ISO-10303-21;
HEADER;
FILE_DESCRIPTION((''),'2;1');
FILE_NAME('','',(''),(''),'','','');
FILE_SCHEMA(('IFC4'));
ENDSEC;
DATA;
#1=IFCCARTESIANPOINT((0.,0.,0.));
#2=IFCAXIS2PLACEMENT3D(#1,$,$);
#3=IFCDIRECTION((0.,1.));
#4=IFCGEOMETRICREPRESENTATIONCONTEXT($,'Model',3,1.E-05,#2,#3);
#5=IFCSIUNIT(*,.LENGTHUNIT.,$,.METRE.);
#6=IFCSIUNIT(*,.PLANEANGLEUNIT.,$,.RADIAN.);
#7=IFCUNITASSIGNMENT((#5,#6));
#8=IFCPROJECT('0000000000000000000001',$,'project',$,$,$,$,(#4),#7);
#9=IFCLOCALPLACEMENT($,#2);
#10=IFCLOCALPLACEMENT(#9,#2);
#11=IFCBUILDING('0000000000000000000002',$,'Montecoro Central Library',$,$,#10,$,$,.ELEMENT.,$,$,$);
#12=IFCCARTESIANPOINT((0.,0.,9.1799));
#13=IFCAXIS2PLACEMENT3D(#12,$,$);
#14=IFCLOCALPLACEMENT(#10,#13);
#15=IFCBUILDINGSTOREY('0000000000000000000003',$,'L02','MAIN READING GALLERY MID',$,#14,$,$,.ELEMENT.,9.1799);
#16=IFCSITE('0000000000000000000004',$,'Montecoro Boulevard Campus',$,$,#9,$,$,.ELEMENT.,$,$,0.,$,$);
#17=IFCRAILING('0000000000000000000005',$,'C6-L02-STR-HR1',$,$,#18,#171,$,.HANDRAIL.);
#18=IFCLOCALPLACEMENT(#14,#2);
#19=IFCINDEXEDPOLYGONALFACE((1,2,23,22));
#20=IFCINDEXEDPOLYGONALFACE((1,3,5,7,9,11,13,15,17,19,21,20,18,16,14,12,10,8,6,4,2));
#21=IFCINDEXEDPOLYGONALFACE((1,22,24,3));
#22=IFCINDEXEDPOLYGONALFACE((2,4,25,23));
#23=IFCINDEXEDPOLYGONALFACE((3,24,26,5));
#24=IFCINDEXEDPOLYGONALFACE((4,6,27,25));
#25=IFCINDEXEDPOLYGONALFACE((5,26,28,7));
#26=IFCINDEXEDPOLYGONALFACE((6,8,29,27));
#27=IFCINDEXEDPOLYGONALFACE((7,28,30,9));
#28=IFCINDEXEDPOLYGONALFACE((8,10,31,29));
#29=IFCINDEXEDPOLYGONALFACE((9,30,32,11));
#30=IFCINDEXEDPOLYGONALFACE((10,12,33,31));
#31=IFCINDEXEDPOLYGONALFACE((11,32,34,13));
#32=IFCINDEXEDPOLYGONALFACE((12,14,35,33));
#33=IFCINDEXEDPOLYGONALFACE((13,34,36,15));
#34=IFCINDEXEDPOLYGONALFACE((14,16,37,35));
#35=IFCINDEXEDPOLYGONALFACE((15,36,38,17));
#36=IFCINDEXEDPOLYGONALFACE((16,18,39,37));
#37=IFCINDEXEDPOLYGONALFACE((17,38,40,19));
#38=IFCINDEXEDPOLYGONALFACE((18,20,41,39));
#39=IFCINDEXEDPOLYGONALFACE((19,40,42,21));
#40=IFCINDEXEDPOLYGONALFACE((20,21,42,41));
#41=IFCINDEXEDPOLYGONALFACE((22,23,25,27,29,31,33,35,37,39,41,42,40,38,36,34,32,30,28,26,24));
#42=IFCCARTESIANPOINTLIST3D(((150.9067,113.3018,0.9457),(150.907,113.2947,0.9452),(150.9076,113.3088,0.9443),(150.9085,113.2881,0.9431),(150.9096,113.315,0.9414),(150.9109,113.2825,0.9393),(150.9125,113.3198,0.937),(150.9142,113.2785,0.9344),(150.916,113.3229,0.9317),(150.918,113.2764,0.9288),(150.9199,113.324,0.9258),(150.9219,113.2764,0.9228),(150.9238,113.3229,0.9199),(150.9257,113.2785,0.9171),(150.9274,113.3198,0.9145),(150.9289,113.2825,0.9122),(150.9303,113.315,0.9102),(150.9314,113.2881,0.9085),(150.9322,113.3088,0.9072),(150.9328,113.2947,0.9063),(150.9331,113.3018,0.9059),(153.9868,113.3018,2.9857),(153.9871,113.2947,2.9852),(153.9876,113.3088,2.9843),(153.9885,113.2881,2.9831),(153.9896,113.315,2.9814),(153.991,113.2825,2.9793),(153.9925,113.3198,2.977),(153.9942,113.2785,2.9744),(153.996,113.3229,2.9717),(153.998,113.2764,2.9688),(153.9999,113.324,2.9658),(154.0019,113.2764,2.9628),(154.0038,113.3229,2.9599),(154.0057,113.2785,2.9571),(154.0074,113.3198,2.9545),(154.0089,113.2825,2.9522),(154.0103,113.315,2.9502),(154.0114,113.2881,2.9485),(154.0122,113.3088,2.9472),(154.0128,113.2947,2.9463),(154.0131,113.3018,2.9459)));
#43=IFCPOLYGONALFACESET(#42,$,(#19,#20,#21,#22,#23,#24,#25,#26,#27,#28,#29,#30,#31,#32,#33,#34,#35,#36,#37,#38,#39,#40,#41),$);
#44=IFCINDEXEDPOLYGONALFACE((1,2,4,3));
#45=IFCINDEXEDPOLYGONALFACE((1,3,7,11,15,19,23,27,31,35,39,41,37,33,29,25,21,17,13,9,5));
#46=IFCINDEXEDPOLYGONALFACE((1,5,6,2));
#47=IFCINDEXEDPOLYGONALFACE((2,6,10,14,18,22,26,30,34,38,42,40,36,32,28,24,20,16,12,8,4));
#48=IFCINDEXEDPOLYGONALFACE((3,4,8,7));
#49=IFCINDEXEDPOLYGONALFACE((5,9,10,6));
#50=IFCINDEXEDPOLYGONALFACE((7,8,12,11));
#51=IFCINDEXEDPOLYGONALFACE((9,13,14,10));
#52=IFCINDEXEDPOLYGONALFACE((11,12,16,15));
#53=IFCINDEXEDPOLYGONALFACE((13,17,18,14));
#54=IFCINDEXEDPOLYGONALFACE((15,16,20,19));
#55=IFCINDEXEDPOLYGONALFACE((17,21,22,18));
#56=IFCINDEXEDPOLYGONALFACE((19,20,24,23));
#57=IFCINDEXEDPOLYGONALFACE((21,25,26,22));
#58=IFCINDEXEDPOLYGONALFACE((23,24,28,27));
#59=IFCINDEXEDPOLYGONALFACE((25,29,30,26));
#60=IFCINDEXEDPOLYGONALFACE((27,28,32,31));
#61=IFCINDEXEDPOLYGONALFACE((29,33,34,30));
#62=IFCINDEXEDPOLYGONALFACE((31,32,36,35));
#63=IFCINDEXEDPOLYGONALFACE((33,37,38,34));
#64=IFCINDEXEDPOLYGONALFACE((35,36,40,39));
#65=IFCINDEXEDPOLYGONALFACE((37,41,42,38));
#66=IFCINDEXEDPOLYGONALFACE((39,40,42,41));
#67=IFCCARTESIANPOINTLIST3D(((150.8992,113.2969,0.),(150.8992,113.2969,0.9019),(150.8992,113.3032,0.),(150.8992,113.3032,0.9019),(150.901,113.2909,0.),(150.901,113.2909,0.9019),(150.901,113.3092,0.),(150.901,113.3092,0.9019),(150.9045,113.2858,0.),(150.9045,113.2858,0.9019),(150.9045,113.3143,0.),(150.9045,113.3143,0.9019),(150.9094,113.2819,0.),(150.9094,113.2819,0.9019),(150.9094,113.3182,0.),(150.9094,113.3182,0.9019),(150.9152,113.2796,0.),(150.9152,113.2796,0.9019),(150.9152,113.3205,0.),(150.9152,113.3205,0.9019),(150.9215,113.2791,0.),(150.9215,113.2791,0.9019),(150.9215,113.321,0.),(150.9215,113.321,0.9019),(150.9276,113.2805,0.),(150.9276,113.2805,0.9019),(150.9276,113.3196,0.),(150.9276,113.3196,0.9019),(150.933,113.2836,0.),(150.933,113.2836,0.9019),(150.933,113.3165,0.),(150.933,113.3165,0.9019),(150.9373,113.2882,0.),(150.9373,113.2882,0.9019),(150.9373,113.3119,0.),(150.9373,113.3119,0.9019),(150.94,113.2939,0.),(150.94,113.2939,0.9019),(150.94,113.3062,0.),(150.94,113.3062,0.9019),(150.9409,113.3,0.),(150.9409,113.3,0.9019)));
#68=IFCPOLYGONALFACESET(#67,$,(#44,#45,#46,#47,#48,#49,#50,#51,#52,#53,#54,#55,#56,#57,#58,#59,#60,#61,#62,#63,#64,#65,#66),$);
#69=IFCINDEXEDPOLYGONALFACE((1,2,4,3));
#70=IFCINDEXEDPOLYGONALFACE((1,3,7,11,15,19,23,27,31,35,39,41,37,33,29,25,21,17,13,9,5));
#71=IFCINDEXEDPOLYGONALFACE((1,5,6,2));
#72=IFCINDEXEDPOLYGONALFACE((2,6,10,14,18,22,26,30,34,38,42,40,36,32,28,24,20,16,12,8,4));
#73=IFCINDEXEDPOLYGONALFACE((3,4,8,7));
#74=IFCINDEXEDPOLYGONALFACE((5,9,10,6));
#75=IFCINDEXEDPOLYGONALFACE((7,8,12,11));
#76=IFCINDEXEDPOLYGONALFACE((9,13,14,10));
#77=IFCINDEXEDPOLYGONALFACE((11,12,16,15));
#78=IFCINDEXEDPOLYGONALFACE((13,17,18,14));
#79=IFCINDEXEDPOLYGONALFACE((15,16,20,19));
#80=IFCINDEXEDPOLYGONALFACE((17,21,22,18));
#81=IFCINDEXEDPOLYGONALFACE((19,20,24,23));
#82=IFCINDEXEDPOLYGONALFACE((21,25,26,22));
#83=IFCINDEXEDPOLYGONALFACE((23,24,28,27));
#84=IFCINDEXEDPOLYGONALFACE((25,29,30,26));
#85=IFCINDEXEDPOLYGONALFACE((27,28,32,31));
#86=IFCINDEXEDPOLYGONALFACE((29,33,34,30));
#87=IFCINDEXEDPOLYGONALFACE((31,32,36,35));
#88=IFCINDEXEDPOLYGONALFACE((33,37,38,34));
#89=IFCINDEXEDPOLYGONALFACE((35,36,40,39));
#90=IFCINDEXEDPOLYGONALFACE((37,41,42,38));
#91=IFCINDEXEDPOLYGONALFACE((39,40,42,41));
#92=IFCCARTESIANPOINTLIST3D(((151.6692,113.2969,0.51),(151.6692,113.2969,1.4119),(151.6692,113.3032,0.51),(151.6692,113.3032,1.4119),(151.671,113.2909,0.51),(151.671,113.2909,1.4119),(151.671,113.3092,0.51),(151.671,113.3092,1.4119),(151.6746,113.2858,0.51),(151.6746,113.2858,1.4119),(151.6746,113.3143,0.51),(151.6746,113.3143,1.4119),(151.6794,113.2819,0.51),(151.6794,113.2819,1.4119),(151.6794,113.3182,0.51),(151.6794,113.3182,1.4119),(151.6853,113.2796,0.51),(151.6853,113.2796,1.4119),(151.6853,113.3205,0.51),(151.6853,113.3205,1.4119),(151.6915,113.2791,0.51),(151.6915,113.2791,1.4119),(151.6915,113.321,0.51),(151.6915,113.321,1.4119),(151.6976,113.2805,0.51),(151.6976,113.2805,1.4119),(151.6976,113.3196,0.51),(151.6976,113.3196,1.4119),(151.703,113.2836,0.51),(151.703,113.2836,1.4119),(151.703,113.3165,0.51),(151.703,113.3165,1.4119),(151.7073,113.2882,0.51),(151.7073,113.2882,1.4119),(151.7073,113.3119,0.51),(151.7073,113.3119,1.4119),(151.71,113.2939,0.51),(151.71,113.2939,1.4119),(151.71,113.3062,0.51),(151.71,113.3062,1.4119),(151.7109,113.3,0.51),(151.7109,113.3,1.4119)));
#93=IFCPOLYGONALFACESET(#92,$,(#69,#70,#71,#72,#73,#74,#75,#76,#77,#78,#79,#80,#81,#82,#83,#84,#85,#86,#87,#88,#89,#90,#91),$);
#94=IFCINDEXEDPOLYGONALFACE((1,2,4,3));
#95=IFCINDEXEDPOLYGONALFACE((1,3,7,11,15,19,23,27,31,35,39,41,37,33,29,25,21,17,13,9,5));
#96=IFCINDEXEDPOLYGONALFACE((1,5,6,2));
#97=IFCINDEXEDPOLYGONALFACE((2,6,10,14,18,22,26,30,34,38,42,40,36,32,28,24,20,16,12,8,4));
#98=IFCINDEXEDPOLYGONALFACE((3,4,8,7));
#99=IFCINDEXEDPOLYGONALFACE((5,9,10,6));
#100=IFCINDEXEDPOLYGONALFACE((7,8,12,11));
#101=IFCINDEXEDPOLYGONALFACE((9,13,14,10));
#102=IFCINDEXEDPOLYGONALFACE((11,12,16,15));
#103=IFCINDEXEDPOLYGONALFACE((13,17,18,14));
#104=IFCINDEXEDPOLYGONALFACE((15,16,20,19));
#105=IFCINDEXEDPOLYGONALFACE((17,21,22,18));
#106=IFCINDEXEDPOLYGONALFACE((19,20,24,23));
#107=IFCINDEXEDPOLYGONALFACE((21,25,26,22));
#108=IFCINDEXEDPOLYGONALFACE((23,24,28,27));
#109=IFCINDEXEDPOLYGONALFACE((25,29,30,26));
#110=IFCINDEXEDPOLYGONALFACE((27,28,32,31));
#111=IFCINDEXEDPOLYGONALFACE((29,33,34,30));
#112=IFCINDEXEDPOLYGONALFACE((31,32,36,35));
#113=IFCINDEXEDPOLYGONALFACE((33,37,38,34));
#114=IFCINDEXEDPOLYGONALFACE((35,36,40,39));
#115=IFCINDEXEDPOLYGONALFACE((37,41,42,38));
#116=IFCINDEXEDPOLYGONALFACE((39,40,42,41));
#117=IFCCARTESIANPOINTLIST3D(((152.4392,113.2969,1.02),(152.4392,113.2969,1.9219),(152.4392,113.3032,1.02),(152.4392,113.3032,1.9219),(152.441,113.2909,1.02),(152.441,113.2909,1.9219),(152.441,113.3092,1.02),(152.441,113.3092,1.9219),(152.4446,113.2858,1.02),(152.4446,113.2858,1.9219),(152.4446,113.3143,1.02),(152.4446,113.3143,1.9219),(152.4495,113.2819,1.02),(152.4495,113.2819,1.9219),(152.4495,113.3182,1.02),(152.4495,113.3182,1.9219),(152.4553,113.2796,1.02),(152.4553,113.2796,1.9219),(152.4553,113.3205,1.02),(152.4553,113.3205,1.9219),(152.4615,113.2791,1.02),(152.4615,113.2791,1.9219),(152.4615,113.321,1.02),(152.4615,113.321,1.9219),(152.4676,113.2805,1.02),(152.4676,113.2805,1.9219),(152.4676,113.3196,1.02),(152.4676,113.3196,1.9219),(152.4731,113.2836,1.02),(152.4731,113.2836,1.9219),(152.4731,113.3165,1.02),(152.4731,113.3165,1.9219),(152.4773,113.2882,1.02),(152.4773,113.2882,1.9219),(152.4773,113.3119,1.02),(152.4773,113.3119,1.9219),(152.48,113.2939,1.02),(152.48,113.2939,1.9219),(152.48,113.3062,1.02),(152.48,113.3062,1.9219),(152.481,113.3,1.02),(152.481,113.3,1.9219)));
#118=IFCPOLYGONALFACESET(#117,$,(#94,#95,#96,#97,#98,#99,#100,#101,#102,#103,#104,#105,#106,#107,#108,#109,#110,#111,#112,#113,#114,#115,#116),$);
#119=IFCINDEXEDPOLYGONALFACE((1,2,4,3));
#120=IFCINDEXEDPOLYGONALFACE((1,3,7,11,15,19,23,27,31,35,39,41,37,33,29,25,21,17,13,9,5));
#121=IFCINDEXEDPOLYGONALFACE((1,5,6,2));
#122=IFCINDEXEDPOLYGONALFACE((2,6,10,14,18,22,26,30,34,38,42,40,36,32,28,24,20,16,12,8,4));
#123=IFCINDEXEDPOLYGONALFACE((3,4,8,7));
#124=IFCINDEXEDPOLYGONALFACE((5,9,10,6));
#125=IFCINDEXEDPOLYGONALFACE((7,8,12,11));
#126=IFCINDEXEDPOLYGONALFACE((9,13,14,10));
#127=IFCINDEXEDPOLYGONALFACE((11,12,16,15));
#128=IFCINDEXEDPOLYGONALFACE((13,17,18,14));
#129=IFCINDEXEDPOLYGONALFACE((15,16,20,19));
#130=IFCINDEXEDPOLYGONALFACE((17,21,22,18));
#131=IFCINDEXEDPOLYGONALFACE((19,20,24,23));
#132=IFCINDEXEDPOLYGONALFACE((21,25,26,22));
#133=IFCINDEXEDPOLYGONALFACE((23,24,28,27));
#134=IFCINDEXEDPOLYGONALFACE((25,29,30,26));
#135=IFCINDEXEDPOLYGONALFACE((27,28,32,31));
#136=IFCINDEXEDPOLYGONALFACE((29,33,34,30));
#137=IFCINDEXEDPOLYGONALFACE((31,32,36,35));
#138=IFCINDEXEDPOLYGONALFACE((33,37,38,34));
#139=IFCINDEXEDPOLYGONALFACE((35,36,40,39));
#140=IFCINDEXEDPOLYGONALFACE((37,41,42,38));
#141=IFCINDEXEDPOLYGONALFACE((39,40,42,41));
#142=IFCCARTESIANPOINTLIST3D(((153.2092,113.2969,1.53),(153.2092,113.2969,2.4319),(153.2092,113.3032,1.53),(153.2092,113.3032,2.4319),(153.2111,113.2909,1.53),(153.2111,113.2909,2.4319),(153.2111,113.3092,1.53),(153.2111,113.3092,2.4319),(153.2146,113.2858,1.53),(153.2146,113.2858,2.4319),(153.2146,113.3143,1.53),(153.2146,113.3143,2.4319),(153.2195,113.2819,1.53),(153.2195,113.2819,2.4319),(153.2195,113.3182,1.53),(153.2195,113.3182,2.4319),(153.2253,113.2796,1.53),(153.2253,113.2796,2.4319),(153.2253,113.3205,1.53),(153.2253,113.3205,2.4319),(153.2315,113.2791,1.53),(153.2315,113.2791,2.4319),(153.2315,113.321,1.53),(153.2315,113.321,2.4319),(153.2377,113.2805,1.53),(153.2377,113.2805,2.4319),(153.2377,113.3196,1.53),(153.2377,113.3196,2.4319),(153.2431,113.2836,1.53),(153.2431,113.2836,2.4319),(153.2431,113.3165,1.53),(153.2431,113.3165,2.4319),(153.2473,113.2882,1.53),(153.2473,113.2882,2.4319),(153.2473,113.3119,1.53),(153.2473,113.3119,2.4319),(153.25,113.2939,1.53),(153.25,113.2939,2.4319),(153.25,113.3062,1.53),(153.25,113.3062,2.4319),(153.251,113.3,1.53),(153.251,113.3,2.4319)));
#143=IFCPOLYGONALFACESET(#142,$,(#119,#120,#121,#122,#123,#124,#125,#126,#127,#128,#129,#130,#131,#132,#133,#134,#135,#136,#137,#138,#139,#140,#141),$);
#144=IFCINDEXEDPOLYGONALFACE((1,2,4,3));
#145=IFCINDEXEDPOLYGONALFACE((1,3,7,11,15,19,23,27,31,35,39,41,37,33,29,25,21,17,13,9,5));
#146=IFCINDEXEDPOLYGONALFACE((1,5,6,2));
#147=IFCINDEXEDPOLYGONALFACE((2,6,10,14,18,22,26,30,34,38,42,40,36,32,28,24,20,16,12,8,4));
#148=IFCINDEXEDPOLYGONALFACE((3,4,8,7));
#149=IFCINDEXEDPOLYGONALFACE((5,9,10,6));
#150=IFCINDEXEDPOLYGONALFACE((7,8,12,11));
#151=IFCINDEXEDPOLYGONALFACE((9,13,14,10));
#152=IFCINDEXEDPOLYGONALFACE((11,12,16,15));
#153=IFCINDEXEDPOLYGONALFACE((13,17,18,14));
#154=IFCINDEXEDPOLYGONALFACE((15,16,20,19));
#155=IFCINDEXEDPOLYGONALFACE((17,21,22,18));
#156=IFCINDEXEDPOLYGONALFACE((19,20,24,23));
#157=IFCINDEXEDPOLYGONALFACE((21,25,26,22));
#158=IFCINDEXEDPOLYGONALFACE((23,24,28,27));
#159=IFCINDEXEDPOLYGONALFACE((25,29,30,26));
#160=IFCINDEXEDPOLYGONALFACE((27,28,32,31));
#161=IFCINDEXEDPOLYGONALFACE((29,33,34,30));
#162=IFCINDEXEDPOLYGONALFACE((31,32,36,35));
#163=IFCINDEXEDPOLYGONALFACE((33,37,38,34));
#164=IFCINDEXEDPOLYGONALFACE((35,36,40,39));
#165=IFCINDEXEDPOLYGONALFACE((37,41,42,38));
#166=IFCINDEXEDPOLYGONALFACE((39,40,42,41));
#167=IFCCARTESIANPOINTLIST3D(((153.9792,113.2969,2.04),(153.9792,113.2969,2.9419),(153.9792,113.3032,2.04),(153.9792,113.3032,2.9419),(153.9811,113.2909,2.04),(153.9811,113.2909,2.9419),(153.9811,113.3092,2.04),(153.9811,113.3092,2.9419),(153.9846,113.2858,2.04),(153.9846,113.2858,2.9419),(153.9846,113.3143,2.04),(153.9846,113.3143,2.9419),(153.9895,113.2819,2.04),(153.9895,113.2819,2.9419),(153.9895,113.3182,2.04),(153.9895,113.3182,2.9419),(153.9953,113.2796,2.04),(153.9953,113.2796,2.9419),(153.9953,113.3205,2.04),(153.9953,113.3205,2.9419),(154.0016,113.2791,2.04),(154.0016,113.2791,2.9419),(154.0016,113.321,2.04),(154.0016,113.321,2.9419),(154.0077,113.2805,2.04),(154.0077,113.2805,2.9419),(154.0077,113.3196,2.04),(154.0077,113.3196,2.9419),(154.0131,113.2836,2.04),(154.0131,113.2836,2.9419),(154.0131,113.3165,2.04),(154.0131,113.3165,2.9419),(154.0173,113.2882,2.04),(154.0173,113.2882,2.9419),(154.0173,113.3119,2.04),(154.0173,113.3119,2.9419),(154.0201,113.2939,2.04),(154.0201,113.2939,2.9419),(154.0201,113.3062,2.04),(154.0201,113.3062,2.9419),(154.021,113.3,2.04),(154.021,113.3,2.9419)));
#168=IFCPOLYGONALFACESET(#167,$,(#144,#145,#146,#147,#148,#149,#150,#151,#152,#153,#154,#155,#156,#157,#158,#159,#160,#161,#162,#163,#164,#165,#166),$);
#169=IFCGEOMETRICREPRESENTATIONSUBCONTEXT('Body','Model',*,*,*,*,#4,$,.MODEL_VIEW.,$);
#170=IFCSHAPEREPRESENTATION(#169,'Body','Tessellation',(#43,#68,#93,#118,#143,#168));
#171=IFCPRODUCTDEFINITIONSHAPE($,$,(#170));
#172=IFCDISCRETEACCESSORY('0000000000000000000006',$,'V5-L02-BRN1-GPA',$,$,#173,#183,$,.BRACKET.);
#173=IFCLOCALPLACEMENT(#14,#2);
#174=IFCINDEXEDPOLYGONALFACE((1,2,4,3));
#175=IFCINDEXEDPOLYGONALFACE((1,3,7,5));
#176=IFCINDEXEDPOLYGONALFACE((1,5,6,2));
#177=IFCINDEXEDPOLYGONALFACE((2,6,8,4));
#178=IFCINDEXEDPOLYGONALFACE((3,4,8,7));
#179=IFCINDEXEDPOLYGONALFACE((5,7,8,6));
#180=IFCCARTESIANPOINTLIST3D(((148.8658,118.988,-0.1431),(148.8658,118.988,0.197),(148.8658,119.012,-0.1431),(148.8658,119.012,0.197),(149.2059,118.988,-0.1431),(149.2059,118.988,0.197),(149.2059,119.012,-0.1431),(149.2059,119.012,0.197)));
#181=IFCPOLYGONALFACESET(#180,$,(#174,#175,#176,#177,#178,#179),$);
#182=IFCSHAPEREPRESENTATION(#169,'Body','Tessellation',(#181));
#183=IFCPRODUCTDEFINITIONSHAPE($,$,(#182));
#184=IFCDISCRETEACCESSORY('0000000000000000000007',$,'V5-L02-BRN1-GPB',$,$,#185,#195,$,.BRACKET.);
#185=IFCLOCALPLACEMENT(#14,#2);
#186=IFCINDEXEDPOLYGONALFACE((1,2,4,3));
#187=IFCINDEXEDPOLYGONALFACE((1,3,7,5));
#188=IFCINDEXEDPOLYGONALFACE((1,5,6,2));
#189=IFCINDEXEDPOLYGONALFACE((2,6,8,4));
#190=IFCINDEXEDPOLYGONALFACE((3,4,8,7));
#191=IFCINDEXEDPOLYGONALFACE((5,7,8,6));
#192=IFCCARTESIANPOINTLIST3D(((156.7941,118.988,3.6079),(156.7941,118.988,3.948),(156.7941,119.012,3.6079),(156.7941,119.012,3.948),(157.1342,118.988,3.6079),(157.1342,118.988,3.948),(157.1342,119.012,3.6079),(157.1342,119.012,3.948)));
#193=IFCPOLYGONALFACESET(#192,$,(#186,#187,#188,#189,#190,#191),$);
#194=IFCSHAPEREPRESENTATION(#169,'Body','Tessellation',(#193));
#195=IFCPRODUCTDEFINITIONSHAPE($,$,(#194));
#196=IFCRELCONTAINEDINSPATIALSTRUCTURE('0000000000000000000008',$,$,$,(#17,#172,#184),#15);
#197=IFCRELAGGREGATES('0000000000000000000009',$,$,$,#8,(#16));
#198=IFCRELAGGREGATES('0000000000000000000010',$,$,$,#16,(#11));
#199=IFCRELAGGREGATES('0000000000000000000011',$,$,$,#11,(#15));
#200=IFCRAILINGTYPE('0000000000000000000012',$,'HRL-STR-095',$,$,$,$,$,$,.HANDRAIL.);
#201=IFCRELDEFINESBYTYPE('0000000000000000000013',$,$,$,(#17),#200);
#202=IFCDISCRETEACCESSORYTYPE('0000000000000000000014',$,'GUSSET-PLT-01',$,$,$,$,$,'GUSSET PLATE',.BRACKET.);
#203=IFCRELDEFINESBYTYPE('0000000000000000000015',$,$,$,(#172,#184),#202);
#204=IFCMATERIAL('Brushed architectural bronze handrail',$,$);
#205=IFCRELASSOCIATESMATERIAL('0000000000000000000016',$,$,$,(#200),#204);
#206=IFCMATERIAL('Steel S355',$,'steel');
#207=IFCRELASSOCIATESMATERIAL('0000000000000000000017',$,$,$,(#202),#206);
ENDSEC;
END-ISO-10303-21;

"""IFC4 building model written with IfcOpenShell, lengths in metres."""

from ifc_helpers import new_model, si_unit, direction, frame, origin, origin_2d, place, context, subcontext, project, spatial, rectangle, circle, extrude, material, type_object, element, save


model = new_model("IFC4")

# Units and contexts
model_context = context("Model", 3, precision=1e-05, world=origin(), true_north=direction((0.0, 1.0)))
body_context = subcontext(model_context, "Body", "Model", "MODEL_VIEW")
ifc_project = project(units=[si_unit("LENGTHUNIT", "METRE"), si_unit("PLANEANGLEUNIT", "RADIAN")], contexts=[model_context])

# Site, building, storey
site_placement = place(None, origin())
site = spatial("IfcSite", under=ifc_project, at=site_placement, Name="Montecoro Boulevard Campus", CompositionType="ELEMENT", RefElevation=0.0)
building_placement = place(site_placement, origin())
building = spatial("IfcBuilding", under=site, at=building_placement, Name="Montecoro Central Library", CompositionType="ELEMENT")
storey_placement = place(building_placement, frame((0.0, 0.0, 9.1799)))
storey = spatial("IfcBuildingStorey", under=building, at=storey_placement, Name="L02", Description="MAIN READING GALLERY MID", CompositionType="ELEMENT", Elevation=9.1799)

# Shared definitions
ifc_material_1 = material(Name="Steel S355", Category="steel")

# Railing
ifc_material_2 = material(Name="Brushed architectural bronze handrail")
railing_type_1 = type_object("IfcRailingType", Name="HRL-STR-095", PredefinedType="HANDRAIL", material=ifc_material_2)
railing_1_placement = place(storey_placement, frame((150.9199, 113.3, 0.0)))
element("IfcRailing", 1, at=railing_1_placement, inside=storey, type_object=railing_type_1, Name="C6-L02-STR-HR1", PredefinedType="HANDRAIL", context=body_context, shape_type="SweptSolid", body=[
    extrude(circle(Radius=0.0239, at=origin_2d()), frame((0.0, 0.0, 0.9258), z_axis=(0.833714, 0.0, 0.552197), x_axis=(0.0, 1.0, 0.0)), (0.0, 0.0, 1.0), 3.6943),
    extrude(circle(Radius=0.021, at=origin_2d()), origin(), (0.0, 0.0, 1.0), 0.9019),
    extrude(circle(Radius=0.021, at=origin_2d()), frame((0.77, 0.0, 0.51)), (0.0, 0.0, 1.0), 0.9019),
    extrude(circle(Radius=0.021, at=origin_2d()), frame((1.54, 0.0, 1.02)), (0.0, 0.0, 1.0), 0.9019),
    extrude(circle(Radius=0.021, at=origin_2d()), frame((2.3101, 0.0, 1.53)), (0.0, 0.0, 1.0), 0.9019),
    extrude(circle(Radius=0.021, at=origin_2d()), frame((3.0801, 0.0, 2.04)), (0.0, 0.0, 1.0), 0.9019),
])

# Discrete accessories
discrete_accessory_type = type_object("IfcDiscreteAccessoryType", Name="GUSSET-PLT-01", ElementType="GUSSET PLATE", PredefinedType="BRACKET", material=ifc_material_1)
for number, where, z_axis, x_axis, name in (
    (2, (149.0359, 119.0, -0.1431), (0.0, 0.0, 1.0), (1.0, 0.0, 0.0), "V5-L02-BRN1-GPA"),
    (3, (156.9641, 119.0, 3.6079), (0.0, 0.0, 1.0), (1.0, 0.0, 0.0), "V5-L02-BRN1-GPB"),
):
    element("IfcDiscreteAccessory", number, at=place(storey_placement, frame(where, z_axis=z_axis, x_axis=x_axis)), inside=storey, type_object=discrete_accessory_type, Name=name, PredefinedType="BRACKET", context=body_context, shape_type="SweptSolid", body=[
        extrude(rectangle(XDim=0.3401, YDim=0.0239, at=origin_2d()), origin(), (0.0, 0.0, 1.0), 0.3401),
    ])

save(model, "model.ifc")
